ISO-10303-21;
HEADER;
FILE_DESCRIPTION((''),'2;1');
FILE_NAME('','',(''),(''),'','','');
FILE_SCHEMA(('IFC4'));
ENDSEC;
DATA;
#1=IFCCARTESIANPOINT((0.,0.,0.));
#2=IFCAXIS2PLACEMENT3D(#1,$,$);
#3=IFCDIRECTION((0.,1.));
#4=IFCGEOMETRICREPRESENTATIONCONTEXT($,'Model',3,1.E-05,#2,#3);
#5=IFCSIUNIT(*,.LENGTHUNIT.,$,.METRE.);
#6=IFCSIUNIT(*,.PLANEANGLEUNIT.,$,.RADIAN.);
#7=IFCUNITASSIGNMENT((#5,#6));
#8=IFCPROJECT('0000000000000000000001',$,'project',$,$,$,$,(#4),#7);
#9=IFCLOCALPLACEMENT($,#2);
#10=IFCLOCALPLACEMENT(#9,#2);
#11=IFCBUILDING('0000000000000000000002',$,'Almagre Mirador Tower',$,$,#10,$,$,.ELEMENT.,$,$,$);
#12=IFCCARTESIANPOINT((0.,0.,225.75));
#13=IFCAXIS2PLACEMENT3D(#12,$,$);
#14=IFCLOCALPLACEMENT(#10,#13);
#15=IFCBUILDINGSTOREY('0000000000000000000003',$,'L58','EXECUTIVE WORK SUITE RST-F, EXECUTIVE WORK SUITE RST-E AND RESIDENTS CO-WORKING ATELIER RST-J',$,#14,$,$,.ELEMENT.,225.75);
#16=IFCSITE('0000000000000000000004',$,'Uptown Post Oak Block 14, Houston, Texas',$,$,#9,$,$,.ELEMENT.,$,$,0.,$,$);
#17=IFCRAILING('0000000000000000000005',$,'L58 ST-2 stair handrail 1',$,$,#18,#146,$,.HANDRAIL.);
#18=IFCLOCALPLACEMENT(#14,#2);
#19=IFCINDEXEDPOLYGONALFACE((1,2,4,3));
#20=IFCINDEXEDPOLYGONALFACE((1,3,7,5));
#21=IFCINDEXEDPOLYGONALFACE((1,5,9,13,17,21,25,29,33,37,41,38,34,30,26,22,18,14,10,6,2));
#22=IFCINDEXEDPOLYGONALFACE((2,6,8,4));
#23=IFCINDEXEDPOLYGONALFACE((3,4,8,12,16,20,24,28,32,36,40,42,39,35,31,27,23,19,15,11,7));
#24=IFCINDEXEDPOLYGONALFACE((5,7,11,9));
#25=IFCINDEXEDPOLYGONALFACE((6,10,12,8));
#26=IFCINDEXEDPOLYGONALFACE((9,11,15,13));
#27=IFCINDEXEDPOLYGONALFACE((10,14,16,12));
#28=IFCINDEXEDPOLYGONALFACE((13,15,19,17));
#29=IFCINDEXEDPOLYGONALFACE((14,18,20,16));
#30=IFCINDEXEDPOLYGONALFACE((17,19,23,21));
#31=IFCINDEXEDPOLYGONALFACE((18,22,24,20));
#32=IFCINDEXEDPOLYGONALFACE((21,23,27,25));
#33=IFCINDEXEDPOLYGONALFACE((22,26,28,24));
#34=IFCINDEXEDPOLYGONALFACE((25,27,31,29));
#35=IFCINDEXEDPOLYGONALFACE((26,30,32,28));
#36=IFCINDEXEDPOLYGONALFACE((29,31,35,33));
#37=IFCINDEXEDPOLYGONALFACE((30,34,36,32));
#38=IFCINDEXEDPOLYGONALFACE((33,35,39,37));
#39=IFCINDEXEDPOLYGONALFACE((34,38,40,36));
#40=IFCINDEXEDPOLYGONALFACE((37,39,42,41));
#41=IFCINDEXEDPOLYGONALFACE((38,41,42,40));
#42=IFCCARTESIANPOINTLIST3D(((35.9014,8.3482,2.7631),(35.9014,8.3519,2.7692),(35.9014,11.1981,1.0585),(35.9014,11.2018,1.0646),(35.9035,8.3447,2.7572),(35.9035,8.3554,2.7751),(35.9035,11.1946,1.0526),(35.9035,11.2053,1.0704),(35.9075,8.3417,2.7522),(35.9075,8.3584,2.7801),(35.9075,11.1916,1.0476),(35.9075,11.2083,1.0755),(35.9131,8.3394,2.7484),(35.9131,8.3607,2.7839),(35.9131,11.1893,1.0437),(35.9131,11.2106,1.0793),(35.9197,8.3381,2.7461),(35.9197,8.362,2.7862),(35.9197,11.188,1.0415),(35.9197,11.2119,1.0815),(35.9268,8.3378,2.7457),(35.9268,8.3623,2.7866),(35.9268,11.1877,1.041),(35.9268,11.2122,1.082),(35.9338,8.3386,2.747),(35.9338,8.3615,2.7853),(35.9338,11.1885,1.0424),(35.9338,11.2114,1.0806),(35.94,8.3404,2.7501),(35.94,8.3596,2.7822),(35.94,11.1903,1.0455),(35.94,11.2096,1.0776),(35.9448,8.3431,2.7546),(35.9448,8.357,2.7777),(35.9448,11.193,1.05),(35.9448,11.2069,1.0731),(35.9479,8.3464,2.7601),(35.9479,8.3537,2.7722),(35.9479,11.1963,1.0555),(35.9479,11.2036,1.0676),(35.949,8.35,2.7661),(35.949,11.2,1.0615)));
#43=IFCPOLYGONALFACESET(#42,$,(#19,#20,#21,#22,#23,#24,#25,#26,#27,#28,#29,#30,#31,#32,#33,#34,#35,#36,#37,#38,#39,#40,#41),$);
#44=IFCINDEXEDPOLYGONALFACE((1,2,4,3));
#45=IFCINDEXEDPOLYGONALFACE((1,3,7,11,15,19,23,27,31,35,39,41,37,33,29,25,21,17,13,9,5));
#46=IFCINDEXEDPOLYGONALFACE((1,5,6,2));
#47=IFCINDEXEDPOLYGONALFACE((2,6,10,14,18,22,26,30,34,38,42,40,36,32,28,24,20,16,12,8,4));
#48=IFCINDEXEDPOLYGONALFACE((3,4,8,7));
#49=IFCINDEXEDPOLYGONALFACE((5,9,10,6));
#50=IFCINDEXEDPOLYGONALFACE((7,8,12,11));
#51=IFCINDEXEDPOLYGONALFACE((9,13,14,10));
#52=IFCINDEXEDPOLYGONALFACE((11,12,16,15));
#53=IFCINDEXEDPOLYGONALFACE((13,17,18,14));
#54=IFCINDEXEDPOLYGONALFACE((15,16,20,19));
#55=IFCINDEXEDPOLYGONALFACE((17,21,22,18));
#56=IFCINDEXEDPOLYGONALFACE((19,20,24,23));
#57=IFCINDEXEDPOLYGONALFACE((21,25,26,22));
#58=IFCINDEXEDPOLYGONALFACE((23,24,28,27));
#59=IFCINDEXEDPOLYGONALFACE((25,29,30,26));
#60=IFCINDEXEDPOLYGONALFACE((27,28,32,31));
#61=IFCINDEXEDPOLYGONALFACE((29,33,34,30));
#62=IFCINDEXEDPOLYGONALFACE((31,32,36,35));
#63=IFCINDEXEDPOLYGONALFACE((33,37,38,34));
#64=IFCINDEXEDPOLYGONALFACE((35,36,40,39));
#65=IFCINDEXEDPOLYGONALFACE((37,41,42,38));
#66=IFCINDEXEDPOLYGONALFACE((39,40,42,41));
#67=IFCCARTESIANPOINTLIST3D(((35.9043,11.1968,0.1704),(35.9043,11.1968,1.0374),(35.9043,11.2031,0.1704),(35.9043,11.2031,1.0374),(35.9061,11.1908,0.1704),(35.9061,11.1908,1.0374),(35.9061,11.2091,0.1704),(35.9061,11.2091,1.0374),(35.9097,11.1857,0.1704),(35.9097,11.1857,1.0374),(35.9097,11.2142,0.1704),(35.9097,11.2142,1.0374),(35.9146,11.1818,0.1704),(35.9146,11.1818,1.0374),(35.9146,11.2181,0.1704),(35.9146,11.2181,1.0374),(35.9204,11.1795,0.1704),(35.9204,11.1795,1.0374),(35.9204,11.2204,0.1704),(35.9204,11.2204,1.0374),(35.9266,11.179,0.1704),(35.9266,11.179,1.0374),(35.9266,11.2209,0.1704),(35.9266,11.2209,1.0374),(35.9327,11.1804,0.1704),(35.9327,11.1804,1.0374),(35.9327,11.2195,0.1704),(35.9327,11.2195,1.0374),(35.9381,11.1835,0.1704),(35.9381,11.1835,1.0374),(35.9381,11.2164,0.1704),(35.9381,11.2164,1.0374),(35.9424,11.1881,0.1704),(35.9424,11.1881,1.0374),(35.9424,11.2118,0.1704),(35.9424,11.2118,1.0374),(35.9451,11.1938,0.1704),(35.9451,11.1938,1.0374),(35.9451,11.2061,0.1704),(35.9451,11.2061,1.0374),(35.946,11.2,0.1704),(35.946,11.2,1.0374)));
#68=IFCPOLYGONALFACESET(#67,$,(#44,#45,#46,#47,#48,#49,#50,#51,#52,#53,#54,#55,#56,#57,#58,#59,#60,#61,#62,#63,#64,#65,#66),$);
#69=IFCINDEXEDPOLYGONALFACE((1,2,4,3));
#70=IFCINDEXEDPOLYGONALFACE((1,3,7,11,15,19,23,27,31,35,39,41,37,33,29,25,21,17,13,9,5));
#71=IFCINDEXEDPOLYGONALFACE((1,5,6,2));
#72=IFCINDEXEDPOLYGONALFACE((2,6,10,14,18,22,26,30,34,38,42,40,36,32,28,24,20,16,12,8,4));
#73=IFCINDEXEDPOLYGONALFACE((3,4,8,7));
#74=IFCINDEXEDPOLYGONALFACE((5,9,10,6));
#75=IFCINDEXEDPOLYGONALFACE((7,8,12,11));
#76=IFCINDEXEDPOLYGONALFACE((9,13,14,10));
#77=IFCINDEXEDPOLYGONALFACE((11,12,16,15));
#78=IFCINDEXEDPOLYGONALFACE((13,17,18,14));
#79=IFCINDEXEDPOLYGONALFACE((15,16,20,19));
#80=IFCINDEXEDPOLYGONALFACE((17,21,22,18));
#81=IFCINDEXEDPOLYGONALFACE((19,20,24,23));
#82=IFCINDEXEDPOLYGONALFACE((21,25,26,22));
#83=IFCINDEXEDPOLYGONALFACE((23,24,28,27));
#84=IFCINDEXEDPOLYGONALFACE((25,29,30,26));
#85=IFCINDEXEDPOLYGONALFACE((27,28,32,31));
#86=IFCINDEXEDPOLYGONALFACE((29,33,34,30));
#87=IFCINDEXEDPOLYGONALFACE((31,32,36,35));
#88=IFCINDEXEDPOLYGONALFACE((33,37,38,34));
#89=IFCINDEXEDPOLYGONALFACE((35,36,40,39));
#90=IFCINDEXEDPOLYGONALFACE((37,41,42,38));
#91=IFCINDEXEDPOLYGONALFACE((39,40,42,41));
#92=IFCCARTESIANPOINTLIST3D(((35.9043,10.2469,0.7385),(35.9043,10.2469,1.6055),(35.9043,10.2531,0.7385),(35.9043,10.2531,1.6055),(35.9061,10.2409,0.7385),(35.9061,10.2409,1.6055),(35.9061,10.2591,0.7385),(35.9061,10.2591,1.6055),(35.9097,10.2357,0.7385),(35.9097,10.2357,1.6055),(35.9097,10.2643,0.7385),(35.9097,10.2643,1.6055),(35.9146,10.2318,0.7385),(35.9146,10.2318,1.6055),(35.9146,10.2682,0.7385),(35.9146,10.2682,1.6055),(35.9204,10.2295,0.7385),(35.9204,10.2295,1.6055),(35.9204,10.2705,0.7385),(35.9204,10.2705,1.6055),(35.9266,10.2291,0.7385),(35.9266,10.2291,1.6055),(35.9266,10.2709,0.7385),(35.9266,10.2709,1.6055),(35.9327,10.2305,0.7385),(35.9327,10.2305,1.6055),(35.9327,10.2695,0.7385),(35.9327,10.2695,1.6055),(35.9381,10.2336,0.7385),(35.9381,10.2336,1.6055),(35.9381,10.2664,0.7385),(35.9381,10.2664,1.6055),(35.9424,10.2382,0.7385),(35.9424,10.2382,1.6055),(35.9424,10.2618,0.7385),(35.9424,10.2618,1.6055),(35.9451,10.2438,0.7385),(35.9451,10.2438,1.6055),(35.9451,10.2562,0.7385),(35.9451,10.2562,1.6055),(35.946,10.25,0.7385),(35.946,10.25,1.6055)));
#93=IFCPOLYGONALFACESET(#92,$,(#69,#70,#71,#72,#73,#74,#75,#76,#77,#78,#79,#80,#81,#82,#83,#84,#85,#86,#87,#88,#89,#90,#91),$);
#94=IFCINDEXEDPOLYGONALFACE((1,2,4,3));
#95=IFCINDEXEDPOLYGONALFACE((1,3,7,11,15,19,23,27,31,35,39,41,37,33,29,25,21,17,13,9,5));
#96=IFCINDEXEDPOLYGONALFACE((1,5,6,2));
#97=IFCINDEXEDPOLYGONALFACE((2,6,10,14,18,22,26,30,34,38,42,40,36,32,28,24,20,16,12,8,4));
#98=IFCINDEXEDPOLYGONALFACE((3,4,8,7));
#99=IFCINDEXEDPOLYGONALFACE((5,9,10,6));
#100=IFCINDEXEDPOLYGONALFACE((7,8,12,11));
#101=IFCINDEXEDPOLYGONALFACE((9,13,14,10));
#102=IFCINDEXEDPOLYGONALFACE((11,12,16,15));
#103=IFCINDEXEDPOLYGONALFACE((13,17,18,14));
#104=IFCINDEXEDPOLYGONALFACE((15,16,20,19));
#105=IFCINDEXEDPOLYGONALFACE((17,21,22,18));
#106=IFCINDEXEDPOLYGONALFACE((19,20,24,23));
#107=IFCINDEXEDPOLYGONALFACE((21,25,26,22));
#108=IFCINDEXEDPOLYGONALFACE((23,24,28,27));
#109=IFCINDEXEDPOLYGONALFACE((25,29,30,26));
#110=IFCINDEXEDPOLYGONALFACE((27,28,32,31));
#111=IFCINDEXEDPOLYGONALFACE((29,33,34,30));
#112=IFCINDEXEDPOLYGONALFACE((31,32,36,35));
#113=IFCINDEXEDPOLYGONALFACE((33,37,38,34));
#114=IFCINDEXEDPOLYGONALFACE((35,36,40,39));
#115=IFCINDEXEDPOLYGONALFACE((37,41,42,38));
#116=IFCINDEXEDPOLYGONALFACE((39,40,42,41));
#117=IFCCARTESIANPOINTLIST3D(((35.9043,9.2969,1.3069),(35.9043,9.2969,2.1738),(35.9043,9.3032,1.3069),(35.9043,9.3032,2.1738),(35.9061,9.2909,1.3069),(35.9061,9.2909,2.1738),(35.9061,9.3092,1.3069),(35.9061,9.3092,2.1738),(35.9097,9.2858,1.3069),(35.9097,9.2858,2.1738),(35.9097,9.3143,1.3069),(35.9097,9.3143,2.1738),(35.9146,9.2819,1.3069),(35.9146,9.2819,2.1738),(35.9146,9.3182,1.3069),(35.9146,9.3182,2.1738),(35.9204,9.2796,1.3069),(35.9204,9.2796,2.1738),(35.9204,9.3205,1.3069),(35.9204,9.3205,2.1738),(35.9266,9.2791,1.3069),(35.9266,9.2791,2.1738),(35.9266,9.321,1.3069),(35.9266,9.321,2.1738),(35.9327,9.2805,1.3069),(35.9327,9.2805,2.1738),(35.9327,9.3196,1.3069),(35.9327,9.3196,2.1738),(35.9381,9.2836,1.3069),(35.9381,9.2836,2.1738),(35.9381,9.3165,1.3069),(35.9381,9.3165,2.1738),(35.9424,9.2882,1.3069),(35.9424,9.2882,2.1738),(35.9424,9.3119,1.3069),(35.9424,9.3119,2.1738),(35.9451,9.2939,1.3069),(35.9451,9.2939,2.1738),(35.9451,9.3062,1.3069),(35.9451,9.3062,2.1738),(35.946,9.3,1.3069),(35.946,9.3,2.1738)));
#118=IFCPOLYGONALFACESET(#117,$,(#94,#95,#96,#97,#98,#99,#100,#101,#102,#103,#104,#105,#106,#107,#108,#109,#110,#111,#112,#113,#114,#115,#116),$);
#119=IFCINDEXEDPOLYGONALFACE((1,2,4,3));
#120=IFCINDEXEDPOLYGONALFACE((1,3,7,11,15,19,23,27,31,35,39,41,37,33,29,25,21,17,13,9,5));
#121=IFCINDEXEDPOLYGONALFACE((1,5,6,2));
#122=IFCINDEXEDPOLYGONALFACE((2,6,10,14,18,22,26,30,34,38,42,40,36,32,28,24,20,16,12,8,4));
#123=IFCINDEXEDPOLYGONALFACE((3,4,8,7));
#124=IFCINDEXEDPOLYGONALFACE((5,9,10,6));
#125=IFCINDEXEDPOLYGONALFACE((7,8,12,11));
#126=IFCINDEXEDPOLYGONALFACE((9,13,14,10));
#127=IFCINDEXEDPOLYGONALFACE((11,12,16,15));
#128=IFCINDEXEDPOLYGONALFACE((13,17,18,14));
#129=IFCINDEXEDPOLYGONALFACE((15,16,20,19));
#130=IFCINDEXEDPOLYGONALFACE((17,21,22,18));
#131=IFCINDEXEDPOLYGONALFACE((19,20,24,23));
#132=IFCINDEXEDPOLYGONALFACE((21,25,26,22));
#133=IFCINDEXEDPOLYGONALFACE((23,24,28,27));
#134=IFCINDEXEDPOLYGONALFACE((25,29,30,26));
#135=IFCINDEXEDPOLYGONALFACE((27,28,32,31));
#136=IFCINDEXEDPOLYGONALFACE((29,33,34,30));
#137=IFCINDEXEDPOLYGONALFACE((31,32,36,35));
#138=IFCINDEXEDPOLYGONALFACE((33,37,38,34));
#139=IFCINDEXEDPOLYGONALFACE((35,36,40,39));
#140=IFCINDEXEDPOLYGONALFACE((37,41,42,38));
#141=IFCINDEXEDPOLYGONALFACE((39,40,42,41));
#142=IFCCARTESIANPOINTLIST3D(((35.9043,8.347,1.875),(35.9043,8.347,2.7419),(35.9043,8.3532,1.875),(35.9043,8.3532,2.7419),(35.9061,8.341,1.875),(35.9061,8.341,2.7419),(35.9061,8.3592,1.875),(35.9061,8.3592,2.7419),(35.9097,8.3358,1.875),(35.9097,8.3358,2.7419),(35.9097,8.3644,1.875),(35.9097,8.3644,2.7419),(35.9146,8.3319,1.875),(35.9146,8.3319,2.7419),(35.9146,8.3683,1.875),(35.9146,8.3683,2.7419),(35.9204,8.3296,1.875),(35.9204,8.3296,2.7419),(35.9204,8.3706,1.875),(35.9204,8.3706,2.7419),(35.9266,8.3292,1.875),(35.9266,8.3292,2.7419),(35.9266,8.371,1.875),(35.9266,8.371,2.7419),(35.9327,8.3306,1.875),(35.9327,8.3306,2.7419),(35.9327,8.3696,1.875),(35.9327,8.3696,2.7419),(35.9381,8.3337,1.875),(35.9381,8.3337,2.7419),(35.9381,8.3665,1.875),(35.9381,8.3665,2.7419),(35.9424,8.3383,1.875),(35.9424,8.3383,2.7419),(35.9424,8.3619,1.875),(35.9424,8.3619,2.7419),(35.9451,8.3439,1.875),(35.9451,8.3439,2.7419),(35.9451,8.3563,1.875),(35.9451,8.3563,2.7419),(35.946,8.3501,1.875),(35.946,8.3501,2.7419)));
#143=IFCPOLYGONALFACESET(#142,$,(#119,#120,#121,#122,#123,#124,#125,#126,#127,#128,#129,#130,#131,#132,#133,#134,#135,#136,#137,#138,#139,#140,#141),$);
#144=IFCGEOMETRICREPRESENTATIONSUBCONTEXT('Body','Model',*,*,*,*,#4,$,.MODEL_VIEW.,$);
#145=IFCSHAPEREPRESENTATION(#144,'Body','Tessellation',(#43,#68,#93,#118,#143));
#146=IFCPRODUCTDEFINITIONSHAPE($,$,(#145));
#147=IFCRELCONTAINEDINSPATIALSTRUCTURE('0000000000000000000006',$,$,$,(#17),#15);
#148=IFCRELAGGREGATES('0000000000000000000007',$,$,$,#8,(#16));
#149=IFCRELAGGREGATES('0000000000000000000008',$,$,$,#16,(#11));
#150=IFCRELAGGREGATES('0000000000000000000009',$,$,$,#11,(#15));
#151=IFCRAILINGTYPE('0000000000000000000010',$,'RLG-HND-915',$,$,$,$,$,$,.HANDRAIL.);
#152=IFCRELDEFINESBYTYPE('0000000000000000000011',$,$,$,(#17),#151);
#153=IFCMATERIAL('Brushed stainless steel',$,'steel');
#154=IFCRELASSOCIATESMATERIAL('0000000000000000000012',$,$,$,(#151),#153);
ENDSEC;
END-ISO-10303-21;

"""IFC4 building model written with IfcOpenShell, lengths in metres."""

from ifc_helpers import new_model, si_unit, direction, frame, origin, origin_2d, place, context, subcontext, project, spatial, circle, extrude, material, type_object, element, save


model = new_model("IFC4")

# Units and contexts
model_context = context("Model", 3, precision=1e-05, world=origin(), true_north=direction((0.0, 1.0)))
body_context = subcontext(model_context, "Body", "Model", "MODEL_VIEW")
ifc_project = project(units=[si_unit("LENGTHUNIT", "METRE"), si_unit("PLANEANGLEUNIT", "RADIAN")], contexts=[model_context])

# Site, building, storey
site_placement = place(None, origin())
site = spatial("IfcSite", under=ifc_project, at=site_placement, Name="Uptown Post Oak Block 14, Houston, Texas", CompositionType="ELEMENT", RefElevation=0.0)
building_placement = place(site_placement, origin())
building = spatial("IfcBuilding", under=site, at=building_placement, Name="Almagre Mirador Tower", CompositionType="ELEMENT")
storey_placement = place(building_placement, frame((0.0, 0.0, 225.75)))
storey = spatial("IfcBuildingStorey", under=building, at=storey_placement, Name="L58", Description="EXECUTIVE WORK SUITE RST-F, EXECUTIVE WORK SUITE RST-E AND RESIDENTS CO-WORKING ATELIER RST-J", CompositionType="ELEMENT", Elevation=225.75)

# Railing
ifc_material_1 = material(Name="Brushed stainless steel", Category="steel")
railing_type_1 = type_object("IfcRailingType", Name="RLG-HND-915", PredefinedType="HANDRAIL", material=ifc_material_1)
railing_1_placement = place(storey_placement, frame((35.925, 11.2, 0.1704)))
element("IfcRailing", 1, at=railing_1_placement, inside=storey, type_object=railing_type_1, Name="L58 ST-2 stair handrail 1", PredefinedType="HANDRAIL", context=body_context, shape_type="SweptSolid", body=[
    extrude(circle(Radius=0.0239, at=origin_2d()), frame((0.0, 0.0, 0.8911), z_axis=(0.0, -0.858199, 0.513317), x_axis=(1.0, 0.0, 0.0)), (0.0, 0.0, 1.0), 3.3208),
    extrude(circle(Radius=0.021, at=origin_2d()), origin(), (0.0, 0.0, 1.0), 0.8669),
    extrude(circle(Radius=0.021, at=origin_2d()), frame((0.0, -0.95, 0.5681)), (0.0, 0.0, 1.0), 0.8669),
    extrude(circle(Radius=0.021, at=origin_2d()), frame((0.0, -1.8999, 1.1365)), (0.0, 0.0, 1.0), 0.8669),
    extrude(circle(Radius=0.021, at=origin_2d()), frame((0.0, -2.8499, 1.7046)), (0.0, 0.0, 1.0), 0.8669),
])

save(model, "model.ifc")
